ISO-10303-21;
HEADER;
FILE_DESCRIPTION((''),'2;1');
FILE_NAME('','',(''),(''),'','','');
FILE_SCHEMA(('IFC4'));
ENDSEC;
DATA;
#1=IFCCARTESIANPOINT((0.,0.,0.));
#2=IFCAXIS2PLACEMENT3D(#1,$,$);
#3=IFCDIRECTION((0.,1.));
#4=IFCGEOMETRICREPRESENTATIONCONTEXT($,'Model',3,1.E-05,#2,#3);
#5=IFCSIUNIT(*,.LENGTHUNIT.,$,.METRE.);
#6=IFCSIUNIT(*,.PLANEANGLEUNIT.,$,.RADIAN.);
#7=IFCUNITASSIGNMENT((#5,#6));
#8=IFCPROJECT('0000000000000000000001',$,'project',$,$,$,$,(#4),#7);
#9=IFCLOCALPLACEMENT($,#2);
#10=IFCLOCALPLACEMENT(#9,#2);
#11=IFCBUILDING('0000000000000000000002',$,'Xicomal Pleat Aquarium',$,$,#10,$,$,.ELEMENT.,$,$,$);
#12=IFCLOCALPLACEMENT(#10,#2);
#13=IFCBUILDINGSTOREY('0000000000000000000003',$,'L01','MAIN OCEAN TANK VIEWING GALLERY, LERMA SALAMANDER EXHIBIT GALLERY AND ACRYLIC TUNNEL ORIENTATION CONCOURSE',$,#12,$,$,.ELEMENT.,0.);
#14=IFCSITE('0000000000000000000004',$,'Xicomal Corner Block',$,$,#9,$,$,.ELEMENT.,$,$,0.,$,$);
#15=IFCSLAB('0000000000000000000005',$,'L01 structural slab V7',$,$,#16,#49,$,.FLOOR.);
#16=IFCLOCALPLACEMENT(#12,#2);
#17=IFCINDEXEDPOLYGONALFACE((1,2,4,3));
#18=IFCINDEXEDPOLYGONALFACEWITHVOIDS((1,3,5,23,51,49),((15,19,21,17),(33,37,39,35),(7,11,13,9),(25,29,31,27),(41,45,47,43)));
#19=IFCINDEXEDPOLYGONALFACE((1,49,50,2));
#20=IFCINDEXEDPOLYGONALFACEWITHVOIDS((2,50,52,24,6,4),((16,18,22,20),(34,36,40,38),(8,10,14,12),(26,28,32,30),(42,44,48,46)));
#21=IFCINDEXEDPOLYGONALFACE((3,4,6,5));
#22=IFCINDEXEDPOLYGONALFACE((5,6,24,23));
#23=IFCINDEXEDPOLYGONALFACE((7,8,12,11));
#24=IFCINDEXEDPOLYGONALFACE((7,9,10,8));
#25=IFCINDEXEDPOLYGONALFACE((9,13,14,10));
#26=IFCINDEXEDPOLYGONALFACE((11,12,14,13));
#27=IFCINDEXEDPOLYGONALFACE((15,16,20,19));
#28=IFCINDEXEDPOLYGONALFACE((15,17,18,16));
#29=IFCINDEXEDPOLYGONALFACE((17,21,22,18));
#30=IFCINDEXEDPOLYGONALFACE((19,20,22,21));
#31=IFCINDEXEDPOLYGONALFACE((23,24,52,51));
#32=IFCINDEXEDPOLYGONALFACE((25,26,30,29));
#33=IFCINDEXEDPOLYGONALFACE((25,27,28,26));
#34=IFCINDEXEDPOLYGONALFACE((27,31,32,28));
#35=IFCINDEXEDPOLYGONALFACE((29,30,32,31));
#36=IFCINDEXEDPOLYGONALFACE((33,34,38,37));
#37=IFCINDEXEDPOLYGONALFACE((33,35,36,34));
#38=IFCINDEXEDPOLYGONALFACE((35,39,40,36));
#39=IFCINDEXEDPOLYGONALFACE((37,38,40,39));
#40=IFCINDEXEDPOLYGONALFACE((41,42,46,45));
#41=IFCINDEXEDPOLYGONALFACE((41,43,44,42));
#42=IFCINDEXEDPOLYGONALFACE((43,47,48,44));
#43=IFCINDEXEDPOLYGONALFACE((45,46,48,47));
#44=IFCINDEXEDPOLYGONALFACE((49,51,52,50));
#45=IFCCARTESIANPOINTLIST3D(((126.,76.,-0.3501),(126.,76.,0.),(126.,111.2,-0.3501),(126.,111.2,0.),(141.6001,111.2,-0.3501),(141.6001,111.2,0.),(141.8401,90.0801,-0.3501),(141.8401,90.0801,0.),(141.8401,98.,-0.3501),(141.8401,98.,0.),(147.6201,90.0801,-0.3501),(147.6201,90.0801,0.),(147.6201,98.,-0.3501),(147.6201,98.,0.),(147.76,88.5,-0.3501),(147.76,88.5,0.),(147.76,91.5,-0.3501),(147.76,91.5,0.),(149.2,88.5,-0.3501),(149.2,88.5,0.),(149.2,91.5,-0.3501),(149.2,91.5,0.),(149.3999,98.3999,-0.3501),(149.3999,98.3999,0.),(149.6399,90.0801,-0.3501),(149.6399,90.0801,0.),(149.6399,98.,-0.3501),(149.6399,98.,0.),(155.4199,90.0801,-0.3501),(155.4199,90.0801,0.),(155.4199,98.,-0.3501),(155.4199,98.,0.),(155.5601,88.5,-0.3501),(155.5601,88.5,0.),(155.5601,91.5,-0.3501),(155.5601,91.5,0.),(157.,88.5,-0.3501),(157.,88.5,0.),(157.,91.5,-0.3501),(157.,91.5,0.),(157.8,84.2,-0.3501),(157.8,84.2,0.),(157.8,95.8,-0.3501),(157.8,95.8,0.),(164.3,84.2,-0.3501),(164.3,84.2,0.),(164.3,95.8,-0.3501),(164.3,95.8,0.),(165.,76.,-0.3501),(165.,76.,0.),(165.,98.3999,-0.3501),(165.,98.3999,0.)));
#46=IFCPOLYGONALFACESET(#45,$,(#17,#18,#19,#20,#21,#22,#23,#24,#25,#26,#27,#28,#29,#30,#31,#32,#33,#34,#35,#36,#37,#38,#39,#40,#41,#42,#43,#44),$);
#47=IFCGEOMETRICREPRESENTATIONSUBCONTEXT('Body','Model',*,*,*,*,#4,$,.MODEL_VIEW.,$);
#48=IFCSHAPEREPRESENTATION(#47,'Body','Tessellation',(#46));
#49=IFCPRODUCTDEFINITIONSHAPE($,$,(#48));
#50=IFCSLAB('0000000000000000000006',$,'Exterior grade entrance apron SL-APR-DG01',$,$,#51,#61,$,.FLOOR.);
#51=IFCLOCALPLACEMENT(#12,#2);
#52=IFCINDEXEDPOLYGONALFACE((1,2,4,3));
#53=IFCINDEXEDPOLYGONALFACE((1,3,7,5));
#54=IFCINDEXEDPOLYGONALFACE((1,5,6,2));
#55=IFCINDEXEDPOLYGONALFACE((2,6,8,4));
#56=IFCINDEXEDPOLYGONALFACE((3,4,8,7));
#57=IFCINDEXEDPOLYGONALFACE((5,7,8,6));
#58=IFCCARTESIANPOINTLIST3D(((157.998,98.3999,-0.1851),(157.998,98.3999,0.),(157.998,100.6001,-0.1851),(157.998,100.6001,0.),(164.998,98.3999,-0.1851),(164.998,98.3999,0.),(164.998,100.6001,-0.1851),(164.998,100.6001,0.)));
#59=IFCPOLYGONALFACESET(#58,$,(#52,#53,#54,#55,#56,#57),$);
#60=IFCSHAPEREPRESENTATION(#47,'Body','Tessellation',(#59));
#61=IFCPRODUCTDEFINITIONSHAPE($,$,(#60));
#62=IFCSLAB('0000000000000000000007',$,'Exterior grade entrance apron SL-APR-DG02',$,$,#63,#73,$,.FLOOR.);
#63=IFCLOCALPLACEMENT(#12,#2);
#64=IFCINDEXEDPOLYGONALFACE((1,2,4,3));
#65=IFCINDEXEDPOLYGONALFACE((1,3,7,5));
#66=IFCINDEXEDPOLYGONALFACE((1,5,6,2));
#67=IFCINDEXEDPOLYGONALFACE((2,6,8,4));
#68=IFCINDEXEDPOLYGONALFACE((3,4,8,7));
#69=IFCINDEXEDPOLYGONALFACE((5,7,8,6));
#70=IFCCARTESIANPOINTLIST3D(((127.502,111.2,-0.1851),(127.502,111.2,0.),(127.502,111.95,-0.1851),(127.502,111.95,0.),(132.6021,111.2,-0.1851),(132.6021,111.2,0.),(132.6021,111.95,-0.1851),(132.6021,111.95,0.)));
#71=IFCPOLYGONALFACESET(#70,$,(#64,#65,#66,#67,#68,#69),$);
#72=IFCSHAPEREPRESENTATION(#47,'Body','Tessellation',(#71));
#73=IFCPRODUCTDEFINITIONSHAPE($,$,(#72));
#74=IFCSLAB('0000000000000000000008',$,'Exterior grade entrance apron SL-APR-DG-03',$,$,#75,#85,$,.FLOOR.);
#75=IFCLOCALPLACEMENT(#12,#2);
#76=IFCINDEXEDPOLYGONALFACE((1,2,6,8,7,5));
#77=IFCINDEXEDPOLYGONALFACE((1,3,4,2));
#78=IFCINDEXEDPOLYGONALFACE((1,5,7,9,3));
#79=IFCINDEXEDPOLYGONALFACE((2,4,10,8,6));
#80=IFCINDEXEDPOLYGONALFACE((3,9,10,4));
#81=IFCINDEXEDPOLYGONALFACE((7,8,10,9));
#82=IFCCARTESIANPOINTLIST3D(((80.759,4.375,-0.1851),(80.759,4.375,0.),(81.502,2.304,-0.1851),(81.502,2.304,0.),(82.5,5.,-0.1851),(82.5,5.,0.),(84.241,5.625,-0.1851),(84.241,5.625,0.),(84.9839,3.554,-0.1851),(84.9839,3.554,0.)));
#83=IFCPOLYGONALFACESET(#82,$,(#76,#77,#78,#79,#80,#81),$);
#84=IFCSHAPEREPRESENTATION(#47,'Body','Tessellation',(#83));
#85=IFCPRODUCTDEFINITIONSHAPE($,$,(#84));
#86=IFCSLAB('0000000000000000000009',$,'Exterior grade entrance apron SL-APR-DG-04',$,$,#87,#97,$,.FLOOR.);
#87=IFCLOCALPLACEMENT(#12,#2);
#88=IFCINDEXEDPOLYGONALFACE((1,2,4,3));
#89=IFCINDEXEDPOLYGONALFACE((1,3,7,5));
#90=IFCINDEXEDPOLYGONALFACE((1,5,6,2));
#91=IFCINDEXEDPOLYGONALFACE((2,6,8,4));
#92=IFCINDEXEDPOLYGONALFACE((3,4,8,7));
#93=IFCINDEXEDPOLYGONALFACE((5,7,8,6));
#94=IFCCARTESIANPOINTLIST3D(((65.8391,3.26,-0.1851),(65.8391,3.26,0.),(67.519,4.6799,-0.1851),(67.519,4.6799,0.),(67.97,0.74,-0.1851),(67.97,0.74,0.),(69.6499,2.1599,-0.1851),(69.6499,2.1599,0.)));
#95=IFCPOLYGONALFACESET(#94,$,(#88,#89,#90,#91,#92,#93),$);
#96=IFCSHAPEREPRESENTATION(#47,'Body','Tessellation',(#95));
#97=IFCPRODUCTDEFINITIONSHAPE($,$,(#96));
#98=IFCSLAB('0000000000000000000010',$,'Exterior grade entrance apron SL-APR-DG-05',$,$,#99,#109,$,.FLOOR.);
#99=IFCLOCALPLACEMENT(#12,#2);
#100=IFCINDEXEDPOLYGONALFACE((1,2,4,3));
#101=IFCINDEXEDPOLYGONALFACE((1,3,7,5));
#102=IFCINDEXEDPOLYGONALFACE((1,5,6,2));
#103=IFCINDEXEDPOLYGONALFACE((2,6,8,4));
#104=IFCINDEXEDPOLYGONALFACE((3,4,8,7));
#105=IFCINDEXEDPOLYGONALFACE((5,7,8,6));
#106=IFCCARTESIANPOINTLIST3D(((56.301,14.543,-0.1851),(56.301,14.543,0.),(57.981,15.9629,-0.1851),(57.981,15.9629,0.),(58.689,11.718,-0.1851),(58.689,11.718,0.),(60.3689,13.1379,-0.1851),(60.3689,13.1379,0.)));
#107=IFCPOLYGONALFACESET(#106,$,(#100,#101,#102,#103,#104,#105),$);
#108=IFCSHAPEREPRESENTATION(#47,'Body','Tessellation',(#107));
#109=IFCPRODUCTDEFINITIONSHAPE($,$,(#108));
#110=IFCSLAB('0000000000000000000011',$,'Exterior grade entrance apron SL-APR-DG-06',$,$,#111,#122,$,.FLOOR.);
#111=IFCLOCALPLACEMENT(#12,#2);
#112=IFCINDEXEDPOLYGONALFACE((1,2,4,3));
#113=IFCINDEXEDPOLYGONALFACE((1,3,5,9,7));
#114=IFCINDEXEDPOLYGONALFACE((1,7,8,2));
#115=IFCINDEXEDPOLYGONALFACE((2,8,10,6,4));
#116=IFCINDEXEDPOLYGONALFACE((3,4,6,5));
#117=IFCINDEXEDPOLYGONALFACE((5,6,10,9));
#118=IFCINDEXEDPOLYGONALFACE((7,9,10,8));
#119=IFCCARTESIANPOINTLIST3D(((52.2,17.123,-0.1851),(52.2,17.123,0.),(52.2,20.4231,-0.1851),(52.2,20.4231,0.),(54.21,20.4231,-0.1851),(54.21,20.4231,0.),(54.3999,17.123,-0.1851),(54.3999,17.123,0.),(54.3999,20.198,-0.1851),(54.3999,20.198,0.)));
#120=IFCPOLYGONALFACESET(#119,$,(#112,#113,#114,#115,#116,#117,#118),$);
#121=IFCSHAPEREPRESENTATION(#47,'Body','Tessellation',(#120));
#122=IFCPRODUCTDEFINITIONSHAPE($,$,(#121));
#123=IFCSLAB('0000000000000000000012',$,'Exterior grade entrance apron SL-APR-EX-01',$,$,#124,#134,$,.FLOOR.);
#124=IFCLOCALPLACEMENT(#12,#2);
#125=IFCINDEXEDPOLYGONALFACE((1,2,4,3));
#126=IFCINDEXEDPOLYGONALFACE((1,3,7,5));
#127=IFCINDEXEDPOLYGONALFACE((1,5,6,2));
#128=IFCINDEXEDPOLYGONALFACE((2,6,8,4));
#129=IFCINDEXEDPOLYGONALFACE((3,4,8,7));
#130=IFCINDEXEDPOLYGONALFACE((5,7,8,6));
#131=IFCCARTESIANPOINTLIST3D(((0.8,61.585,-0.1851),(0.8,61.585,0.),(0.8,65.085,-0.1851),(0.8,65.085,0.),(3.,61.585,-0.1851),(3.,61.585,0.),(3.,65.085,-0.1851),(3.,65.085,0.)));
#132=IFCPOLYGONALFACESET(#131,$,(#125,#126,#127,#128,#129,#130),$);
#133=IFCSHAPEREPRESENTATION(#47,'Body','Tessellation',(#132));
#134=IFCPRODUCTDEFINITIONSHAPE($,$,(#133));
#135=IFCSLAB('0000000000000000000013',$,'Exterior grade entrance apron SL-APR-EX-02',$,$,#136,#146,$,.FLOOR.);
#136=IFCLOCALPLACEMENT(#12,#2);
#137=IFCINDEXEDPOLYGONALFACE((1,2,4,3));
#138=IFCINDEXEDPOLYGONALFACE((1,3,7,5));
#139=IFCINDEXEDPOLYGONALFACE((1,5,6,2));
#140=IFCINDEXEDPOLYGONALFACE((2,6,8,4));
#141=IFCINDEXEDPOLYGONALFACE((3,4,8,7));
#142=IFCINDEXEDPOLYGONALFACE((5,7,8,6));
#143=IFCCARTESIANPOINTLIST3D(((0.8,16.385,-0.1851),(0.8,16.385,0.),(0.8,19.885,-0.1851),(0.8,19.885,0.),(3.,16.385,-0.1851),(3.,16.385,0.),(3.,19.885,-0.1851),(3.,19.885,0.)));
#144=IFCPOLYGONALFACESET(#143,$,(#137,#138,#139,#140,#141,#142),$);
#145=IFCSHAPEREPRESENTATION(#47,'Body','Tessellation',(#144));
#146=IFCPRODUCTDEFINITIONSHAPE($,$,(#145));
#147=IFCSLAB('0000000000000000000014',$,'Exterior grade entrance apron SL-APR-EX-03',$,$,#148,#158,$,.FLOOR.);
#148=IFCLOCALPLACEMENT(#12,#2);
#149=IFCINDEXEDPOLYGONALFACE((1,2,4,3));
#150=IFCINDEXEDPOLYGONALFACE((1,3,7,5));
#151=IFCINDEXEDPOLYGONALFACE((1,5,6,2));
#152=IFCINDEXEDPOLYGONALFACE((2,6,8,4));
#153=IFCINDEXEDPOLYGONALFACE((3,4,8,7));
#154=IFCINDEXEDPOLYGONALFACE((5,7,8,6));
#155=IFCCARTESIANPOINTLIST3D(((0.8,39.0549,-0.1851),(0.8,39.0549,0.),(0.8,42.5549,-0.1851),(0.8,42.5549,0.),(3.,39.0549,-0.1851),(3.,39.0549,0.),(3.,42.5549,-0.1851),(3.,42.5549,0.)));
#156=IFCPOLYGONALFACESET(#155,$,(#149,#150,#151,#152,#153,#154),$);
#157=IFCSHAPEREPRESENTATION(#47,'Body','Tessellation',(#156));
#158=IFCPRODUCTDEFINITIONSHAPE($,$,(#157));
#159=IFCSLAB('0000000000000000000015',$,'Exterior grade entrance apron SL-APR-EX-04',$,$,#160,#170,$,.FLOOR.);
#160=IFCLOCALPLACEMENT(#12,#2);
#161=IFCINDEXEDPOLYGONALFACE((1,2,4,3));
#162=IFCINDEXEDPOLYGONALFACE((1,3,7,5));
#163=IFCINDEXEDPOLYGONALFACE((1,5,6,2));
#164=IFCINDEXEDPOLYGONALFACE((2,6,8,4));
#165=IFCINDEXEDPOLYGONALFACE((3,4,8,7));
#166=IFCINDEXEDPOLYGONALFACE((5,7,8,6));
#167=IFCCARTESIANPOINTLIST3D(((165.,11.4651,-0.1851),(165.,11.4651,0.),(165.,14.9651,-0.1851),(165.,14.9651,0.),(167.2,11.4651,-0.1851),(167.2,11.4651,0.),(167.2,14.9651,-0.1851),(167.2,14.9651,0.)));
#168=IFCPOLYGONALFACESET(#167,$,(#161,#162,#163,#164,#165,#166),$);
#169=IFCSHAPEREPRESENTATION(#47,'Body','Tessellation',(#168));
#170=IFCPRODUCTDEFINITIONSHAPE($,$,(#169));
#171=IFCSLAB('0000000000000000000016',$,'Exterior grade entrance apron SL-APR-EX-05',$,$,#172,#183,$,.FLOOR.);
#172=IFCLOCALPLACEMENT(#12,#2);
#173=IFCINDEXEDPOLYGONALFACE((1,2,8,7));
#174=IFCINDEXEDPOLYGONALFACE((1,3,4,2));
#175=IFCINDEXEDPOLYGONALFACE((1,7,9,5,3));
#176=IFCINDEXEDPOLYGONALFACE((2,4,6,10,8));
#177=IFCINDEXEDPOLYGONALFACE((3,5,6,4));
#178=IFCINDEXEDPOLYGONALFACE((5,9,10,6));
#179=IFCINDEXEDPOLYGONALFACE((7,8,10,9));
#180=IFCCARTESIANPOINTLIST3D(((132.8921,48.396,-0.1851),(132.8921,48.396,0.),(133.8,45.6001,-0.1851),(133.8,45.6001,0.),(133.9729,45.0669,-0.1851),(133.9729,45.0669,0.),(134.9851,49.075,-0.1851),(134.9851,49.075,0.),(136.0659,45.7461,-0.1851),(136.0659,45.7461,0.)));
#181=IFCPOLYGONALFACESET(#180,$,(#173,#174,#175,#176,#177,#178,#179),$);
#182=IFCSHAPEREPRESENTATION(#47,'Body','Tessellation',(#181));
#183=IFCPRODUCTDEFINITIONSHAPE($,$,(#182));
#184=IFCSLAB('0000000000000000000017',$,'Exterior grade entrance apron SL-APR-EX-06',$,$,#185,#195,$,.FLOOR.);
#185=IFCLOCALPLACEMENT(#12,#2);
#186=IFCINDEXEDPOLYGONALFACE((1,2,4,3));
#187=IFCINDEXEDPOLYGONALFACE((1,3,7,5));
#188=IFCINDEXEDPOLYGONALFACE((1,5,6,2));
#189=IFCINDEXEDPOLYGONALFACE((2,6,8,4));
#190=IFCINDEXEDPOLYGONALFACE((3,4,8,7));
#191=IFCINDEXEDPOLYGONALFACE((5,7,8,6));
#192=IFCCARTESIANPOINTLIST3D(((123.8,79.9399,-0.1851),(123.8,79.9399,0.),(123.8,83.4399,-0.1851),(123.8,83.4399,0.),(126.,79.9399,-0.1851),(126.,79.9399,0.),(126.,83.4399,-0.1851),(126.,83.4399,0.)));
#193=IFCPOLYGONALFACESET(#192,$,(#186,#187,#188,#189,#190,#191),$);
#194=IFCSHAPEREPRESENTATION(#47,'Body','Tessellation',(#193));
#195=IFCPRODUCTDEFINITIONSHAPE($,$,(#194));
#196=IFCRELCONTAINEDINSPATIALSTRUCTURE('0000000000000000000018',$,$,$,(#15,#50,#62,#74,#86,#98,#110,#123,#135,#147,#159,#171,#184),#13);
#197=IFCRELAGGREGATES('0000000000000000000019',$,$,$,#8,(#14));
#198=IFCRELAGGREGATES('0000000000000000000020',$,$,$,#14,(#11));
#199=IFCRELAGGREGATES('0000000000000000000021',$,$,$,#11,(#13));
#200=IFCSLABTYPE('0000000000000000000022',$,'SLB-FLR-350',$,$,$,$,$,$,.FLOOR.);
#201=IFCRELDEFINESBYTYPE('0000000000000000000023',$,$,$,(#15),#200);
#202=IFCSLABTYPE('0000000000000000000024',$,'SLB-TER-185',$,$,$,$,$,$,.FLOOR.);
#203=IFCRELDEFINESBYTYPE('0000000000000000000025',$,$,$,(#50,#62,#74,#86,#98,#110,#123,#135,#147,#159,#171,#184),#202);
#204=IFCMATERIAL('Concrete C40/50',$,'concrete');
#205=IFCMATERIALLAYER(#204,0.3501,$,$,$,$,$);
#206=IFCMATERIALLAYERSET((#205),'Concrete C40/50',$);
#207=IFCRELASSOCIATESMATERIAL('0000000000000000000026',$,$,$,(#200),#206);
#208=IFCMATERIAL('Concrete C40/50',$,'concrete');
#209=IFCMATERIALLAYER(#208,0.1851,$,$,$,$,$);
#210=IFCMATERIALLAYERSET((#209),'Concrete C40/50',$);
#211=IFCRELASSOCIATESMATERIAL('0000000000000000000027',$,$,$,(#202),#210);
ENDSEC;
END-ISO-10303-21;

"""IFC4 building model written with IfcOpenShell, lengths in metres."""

from ifc_helpers import new_model, si_unit, direction, frame, origin, place, context, subcontext, project, spatial, polyline, outline, extrude, material, layer, layer_set, type_object, element, save


model = new_model("IFC4")

# Units and contexts
model_context = context("Model", 3, precision=1e-05, world=origin(), true_north=direction((0.0, 1.0)))
body_context = subcontext(model_context, "Body", "Model", "MODEL_VIEW")
ifc_project = project(units=[si_unit("LENGTHUNIT", "METRE"), si_unit("PLANEANGLEUNIT", "RADIAN")], contexts=[model_context])

# Site, building, storey
site_placement = place(None, origin())
site = spatial("IfcSite", under=ifc_project, at=site_placement, Name="Xicomal Corner Block", CompositionType="ELEMENT", RefElevation=0.0)
building_placement = place(site_placement, origin())
building = spatial("IfcBuilding", under=site, at=building_placement, Name="Xicomal Pleat Aquarium", CompositionType="ELEMENT")
storey_placement = place(building_placement, origin())
storey = spatial("IfcBuildingStorey", under=building, at=storey_placement, Name="L01", Description="MAIN OCEAN TANK VIEWING GALLERY, LERMA SALAMANDER EXHIBIT GALLERY AND ACRYLIC TUNNEL ORIENTATION CONCOURSE", CompositionType="ELEMENT", Elevation=0.0)

# Slabs
ifc_material_1 = material(Name="Concrete C40/50", Category="concrete")
ifc_layer_1 = layer(ifc_material_1, 0.3501)
ifc_layer_set_1 = layer_set([ifc_layer_1], Name="Concrete C40/50")
slab_type_1 = type_object("IfcSlabType", Name="SLB-FLR-350", PredefinedType="FLOOR", material=ifc_layer_set_1)
slab_1_placement = place(storey_placement, frame((0.0, 0.0, -0.3501)))
element("IfcSlab", 1, at=slab_1_placement, inside=storey, type_object=slab_type_1, Name="L01 structural slab V7", PredefinedType="FLOOR", context=body_context, shape_type="SweptSolid", body=[
    extrude(outline(polyline([(126.0, 111.2), (141.6001, 111.2), (149.3999, 98.3999), (165.0, 98.3999), (165.0, 76.0), (126.0, 76.0), (126.0, 111.2)]), holes=[polyline([(157.8, 84.2), (164.3, 84.2), (164.3, 95.8), (157.8, 95.8), (157.8, 84.2)]), polyline([(141.8401, 90.0801), (147.6201, 90.0801), (147.6201, 98.0), (141.8401, 98.0), (141.8401, 90.0801)]), polyline([(147.76, 88.5), (149.2, 88.5), (149.2, 91.5), (147.76, 91.5), (147.76, 88.5)]), polyline([(149.6399, 90.0801), (155.4199, 90.0801), (155.4199, 98.0), (149.6399, 98.0), (149.6399, 90.0801)]), polyline([(155.5601, 88.5), (157.0, 88.5), (157.0, 91.5), (155.5601, 91.5), (155.5601, 88.5)])]), origin(), (0.0, 0.0, 1.0), 0.3501),
])
ifc_material_2 = material(Name="Concrete C40/50", Category="concrete")
ifc_layer_2 = layer(ifc_material_2, 0.1851)
ifc_layer_set_2 = layer_set([ifc_layer_2], Name="Concrete C40/50")
slab_type_2 = type_object("IfcSlabType", Name="SLB-TER-185", PredefinedType="FLOOR", material=ifc_layer_set_2)
slab_2_placement = place(storey_placement, frame((0.0, 0.0, -0.1851)))
element("IfcSlab", 2, at=slab_2_placement, inside=storey, type_object=slab_type_2, Name="Exterior grade entrance apron SL-APR-DG01", PredefinedType="FLOOR", context=body_context, shape_type="SweptSolid", body=[
    extrude(outline(polyline([(157.998, 98.3999), (157.998, 100.6001), (164.998, 100.6001), (164.998, 98.3999), (157.998, 98.3999)])), origin(), (0.0, 0.0, 1.0), 0.1851),
])
slab_3_placement = place(storey_placement, frame((0.0, 0.0, -0.1851)))
element("IfcSlab", 3, at=slab_3_placement, inside=storey, type_object=slab_type_2, Name="Exterior grade entrance apron SL-APR-DG02", PredefinedType="FLOOR", context=body_context, shape_type="SweptSolid", body=[
    extrude(outline(polyline([(127.502, 111.95), (132.6021, 111.95), (132.6021, 111.2), (127.502, 111.2), (127.502, 111.95)])), origin(), (0.0, 0.0, 1.0), 0.1851),
])
slab_4_placement = place(storey_placement, frame((0.0, 0.0, -0.1851)))
element("IfcSlab", 4, at=slab_4_placement, inside=storey, type_object=slab_type_2, Name="Exterior grade entrance apron SL-APR-DG-03", PredefinedType="FLOOR", context=body_context, shape_type="SweptSolid", body=[
    extrude(outline(polyline([(81.502, 2.304), (80.759, 4.375), (82.5, 5.0), (84.241, 5.625), (84.9839, 3.554), (81.502, 2.304)])), origin(), (0.0, 0.0, 1.0), 0.1851),
])
slab_5_placement = place(storey_placement, frame((0.0, 0.0, -0.1851)))
element("IfcSlab", 5, at=slab_5_placement, inside=storey, type_object=slab_type_2, Name="Exterior grade entrance apron SL-APR-DG-04", PredefinedType="FLOOR", context=body_context, shape_type="SweptSolid", body=[
    extrude(outline(polyline([(65.8391, 3.26), (67.519, 4.6799), (69.6499, 2.1599), (67.97, 0.74), (65.8391, 3.26)])), origin(), (0.0, 0.0, 1.0), 0.1851),
])
slab_6_placement = place(storey_placement, frame((0.0, 0.0, -0.1851)))
element("IfcSlab", 6, at=slab_6_placement, inside=storey, type_object=slab_type_2, Name="Exterior grade entrance apron SL-APR-DG-05", PredefinedType="FLOOR", context=body_context, shape_type="SweptSolid", body=[
    extrude(outline(polyline([(56.301, 14.543), (57.981, 15.9629), (60.3689, 13.1379), (58.689, 11.718), (56.301, 14.543)])), origin(), (0.0, 0.0, 1.0), 0.1851),
])
slab_7_placement = place(storey_placement, frame((0.0, 0.0, -0.1851)))
element("IfcSlab", 7, at=slab_7_placement, inside=storey, type_object=slab_type_2, Name="Exterior grade entrance apron SL-APR-DG-06", PredefinedType="FLOOR", context=body_context, shape_type="SweptSolid", body=[
    extrude(outline(polyline([(54.21, 20.4231), (54.3999, 20.198), (54.3999, 17.123), (52.2, 17.123), (52.2, 20.4231), (54.21, 20.4231)])), origin(), (0.0, 0.0, 1.0), 0.1851),
])
slab_8_placement = place(storey_placement, frame((0.0, 0.0, -0.1851)))
element("IfcSlab", 8, at=slab_8_placement, inside=storey, type_object=slab_type_2, Name="Exterior grade entrance apron SL-APR-EX-01", PredefinedType="FLOOR", context=body_context, shape_type="SweptSolid", body=[
    extrude(outline(polyline([(0.8, 61.585), (0.8, 65.085), (3.0, 65.085), (3.0, 61.585), (0.8, 61.585)])), origin(), (0.0, 0.0, 1.0), 0.1851),
])
slab_9_placement = place(storey_placement, frame((0.0, 0.0, -0.1851)))
element("IfcSlab", 9, at=slab_9_placement, inside=storey, type_object=slab_type_2, Name="Exterior grade entrance apron SL-APR-EX-02", PredefinedType="FLOOR", context=body_context, shape_type="SweptSolid", body=[
    extrude(outline(polyline([(0.8, 16.385), (0.8, 19.885), (3.0, 19.885), (3.0, 16.385), (0.8, 16.385)])), origin(), (0.0, 0.0, 1.0), 0.1851),
])
slab_10_placement = place(storey_placement, frame((0.0, 0.0, -0.1851)))
element("IfcSlab", 10, at=slab_10_placement, inside=storey, type_object=slab_type_2, Name="Exterior grade entrance apron SL-APR-EX-03", PredefinedType="FLOOR", context=body_context, shape_type="SweptSolid", body=[
    extrude(outline(polyline([(0.8, 39.0549), (0.8, 42.5549), (3.0, 42.5549), (3.0, 39.0549), (0.8, 39.0549)])), origin(), (0.0, 0.0, 1.0), 0.1851),
])
slab_11_placement = place(storey_placement, frame((0.0, 0.0, -0.1851)))
element("IfcSlab", 11, at=slab_11_placement, inside=storey, type_object=slab_type_2, Name="Exterior grade entrance apron SL-APR-EX-04", PredefinedType="FLOOR", context=body_context, shape_type="SweptSolid", body=[
    extrude(outline(polyline([(167.2, 14.9651), (167.2, 11.4651), (165.0, 11.4651), (165.0, 14.9651), (167.2, 14.9651)])), origin(), (0.0, 0.0, 1.0), 0.1851),
])
slab_12_placement = place(storey_placement, frame((0.0, 0.0, -0.1851)))
element("IfcSlab", 12, at=slab_12_placement, inside=storey, type_object=slab_type_2, Name="Exterior grade entrance apron SL-APR-EX-05", PredefinedType="FLOOR", context=body_context, shape_type="SweptSolid", body=[
    extrude(outline(polyline([(136.0659, 45.7461), (133.9729, 45.0669), (133.8, 45.6001), (133.8, 45.6001), (132.8921, 48.396), (134.9851, 49.075), (136.0659, 45.7461)])), origin(), (0.0, 0.0, 1.0), 0.1851),
])
slab_13_placement = place(storey_placement, frame((0.0, 0.0, -0.1851)))
element("IfcSlab", 13, at=slab_13_placement, inside=storey, type_object=slab_type_2, Name="Exterior grade entrance apron SL-APR-EX-06", PredefinedType="FLOOR", context=body_context, shape_type="SweptSolid", body=[
    extrude(outline(polyline([(123.8, 79.9399), (123.8, 83.4399), (126.0, 83.4399), (126.0, 79.9399), (123.8, 79.9399)])), origin(), (0.0, 0.0, 1.0), 0.1851),
])

save(model, "model.ifc")
